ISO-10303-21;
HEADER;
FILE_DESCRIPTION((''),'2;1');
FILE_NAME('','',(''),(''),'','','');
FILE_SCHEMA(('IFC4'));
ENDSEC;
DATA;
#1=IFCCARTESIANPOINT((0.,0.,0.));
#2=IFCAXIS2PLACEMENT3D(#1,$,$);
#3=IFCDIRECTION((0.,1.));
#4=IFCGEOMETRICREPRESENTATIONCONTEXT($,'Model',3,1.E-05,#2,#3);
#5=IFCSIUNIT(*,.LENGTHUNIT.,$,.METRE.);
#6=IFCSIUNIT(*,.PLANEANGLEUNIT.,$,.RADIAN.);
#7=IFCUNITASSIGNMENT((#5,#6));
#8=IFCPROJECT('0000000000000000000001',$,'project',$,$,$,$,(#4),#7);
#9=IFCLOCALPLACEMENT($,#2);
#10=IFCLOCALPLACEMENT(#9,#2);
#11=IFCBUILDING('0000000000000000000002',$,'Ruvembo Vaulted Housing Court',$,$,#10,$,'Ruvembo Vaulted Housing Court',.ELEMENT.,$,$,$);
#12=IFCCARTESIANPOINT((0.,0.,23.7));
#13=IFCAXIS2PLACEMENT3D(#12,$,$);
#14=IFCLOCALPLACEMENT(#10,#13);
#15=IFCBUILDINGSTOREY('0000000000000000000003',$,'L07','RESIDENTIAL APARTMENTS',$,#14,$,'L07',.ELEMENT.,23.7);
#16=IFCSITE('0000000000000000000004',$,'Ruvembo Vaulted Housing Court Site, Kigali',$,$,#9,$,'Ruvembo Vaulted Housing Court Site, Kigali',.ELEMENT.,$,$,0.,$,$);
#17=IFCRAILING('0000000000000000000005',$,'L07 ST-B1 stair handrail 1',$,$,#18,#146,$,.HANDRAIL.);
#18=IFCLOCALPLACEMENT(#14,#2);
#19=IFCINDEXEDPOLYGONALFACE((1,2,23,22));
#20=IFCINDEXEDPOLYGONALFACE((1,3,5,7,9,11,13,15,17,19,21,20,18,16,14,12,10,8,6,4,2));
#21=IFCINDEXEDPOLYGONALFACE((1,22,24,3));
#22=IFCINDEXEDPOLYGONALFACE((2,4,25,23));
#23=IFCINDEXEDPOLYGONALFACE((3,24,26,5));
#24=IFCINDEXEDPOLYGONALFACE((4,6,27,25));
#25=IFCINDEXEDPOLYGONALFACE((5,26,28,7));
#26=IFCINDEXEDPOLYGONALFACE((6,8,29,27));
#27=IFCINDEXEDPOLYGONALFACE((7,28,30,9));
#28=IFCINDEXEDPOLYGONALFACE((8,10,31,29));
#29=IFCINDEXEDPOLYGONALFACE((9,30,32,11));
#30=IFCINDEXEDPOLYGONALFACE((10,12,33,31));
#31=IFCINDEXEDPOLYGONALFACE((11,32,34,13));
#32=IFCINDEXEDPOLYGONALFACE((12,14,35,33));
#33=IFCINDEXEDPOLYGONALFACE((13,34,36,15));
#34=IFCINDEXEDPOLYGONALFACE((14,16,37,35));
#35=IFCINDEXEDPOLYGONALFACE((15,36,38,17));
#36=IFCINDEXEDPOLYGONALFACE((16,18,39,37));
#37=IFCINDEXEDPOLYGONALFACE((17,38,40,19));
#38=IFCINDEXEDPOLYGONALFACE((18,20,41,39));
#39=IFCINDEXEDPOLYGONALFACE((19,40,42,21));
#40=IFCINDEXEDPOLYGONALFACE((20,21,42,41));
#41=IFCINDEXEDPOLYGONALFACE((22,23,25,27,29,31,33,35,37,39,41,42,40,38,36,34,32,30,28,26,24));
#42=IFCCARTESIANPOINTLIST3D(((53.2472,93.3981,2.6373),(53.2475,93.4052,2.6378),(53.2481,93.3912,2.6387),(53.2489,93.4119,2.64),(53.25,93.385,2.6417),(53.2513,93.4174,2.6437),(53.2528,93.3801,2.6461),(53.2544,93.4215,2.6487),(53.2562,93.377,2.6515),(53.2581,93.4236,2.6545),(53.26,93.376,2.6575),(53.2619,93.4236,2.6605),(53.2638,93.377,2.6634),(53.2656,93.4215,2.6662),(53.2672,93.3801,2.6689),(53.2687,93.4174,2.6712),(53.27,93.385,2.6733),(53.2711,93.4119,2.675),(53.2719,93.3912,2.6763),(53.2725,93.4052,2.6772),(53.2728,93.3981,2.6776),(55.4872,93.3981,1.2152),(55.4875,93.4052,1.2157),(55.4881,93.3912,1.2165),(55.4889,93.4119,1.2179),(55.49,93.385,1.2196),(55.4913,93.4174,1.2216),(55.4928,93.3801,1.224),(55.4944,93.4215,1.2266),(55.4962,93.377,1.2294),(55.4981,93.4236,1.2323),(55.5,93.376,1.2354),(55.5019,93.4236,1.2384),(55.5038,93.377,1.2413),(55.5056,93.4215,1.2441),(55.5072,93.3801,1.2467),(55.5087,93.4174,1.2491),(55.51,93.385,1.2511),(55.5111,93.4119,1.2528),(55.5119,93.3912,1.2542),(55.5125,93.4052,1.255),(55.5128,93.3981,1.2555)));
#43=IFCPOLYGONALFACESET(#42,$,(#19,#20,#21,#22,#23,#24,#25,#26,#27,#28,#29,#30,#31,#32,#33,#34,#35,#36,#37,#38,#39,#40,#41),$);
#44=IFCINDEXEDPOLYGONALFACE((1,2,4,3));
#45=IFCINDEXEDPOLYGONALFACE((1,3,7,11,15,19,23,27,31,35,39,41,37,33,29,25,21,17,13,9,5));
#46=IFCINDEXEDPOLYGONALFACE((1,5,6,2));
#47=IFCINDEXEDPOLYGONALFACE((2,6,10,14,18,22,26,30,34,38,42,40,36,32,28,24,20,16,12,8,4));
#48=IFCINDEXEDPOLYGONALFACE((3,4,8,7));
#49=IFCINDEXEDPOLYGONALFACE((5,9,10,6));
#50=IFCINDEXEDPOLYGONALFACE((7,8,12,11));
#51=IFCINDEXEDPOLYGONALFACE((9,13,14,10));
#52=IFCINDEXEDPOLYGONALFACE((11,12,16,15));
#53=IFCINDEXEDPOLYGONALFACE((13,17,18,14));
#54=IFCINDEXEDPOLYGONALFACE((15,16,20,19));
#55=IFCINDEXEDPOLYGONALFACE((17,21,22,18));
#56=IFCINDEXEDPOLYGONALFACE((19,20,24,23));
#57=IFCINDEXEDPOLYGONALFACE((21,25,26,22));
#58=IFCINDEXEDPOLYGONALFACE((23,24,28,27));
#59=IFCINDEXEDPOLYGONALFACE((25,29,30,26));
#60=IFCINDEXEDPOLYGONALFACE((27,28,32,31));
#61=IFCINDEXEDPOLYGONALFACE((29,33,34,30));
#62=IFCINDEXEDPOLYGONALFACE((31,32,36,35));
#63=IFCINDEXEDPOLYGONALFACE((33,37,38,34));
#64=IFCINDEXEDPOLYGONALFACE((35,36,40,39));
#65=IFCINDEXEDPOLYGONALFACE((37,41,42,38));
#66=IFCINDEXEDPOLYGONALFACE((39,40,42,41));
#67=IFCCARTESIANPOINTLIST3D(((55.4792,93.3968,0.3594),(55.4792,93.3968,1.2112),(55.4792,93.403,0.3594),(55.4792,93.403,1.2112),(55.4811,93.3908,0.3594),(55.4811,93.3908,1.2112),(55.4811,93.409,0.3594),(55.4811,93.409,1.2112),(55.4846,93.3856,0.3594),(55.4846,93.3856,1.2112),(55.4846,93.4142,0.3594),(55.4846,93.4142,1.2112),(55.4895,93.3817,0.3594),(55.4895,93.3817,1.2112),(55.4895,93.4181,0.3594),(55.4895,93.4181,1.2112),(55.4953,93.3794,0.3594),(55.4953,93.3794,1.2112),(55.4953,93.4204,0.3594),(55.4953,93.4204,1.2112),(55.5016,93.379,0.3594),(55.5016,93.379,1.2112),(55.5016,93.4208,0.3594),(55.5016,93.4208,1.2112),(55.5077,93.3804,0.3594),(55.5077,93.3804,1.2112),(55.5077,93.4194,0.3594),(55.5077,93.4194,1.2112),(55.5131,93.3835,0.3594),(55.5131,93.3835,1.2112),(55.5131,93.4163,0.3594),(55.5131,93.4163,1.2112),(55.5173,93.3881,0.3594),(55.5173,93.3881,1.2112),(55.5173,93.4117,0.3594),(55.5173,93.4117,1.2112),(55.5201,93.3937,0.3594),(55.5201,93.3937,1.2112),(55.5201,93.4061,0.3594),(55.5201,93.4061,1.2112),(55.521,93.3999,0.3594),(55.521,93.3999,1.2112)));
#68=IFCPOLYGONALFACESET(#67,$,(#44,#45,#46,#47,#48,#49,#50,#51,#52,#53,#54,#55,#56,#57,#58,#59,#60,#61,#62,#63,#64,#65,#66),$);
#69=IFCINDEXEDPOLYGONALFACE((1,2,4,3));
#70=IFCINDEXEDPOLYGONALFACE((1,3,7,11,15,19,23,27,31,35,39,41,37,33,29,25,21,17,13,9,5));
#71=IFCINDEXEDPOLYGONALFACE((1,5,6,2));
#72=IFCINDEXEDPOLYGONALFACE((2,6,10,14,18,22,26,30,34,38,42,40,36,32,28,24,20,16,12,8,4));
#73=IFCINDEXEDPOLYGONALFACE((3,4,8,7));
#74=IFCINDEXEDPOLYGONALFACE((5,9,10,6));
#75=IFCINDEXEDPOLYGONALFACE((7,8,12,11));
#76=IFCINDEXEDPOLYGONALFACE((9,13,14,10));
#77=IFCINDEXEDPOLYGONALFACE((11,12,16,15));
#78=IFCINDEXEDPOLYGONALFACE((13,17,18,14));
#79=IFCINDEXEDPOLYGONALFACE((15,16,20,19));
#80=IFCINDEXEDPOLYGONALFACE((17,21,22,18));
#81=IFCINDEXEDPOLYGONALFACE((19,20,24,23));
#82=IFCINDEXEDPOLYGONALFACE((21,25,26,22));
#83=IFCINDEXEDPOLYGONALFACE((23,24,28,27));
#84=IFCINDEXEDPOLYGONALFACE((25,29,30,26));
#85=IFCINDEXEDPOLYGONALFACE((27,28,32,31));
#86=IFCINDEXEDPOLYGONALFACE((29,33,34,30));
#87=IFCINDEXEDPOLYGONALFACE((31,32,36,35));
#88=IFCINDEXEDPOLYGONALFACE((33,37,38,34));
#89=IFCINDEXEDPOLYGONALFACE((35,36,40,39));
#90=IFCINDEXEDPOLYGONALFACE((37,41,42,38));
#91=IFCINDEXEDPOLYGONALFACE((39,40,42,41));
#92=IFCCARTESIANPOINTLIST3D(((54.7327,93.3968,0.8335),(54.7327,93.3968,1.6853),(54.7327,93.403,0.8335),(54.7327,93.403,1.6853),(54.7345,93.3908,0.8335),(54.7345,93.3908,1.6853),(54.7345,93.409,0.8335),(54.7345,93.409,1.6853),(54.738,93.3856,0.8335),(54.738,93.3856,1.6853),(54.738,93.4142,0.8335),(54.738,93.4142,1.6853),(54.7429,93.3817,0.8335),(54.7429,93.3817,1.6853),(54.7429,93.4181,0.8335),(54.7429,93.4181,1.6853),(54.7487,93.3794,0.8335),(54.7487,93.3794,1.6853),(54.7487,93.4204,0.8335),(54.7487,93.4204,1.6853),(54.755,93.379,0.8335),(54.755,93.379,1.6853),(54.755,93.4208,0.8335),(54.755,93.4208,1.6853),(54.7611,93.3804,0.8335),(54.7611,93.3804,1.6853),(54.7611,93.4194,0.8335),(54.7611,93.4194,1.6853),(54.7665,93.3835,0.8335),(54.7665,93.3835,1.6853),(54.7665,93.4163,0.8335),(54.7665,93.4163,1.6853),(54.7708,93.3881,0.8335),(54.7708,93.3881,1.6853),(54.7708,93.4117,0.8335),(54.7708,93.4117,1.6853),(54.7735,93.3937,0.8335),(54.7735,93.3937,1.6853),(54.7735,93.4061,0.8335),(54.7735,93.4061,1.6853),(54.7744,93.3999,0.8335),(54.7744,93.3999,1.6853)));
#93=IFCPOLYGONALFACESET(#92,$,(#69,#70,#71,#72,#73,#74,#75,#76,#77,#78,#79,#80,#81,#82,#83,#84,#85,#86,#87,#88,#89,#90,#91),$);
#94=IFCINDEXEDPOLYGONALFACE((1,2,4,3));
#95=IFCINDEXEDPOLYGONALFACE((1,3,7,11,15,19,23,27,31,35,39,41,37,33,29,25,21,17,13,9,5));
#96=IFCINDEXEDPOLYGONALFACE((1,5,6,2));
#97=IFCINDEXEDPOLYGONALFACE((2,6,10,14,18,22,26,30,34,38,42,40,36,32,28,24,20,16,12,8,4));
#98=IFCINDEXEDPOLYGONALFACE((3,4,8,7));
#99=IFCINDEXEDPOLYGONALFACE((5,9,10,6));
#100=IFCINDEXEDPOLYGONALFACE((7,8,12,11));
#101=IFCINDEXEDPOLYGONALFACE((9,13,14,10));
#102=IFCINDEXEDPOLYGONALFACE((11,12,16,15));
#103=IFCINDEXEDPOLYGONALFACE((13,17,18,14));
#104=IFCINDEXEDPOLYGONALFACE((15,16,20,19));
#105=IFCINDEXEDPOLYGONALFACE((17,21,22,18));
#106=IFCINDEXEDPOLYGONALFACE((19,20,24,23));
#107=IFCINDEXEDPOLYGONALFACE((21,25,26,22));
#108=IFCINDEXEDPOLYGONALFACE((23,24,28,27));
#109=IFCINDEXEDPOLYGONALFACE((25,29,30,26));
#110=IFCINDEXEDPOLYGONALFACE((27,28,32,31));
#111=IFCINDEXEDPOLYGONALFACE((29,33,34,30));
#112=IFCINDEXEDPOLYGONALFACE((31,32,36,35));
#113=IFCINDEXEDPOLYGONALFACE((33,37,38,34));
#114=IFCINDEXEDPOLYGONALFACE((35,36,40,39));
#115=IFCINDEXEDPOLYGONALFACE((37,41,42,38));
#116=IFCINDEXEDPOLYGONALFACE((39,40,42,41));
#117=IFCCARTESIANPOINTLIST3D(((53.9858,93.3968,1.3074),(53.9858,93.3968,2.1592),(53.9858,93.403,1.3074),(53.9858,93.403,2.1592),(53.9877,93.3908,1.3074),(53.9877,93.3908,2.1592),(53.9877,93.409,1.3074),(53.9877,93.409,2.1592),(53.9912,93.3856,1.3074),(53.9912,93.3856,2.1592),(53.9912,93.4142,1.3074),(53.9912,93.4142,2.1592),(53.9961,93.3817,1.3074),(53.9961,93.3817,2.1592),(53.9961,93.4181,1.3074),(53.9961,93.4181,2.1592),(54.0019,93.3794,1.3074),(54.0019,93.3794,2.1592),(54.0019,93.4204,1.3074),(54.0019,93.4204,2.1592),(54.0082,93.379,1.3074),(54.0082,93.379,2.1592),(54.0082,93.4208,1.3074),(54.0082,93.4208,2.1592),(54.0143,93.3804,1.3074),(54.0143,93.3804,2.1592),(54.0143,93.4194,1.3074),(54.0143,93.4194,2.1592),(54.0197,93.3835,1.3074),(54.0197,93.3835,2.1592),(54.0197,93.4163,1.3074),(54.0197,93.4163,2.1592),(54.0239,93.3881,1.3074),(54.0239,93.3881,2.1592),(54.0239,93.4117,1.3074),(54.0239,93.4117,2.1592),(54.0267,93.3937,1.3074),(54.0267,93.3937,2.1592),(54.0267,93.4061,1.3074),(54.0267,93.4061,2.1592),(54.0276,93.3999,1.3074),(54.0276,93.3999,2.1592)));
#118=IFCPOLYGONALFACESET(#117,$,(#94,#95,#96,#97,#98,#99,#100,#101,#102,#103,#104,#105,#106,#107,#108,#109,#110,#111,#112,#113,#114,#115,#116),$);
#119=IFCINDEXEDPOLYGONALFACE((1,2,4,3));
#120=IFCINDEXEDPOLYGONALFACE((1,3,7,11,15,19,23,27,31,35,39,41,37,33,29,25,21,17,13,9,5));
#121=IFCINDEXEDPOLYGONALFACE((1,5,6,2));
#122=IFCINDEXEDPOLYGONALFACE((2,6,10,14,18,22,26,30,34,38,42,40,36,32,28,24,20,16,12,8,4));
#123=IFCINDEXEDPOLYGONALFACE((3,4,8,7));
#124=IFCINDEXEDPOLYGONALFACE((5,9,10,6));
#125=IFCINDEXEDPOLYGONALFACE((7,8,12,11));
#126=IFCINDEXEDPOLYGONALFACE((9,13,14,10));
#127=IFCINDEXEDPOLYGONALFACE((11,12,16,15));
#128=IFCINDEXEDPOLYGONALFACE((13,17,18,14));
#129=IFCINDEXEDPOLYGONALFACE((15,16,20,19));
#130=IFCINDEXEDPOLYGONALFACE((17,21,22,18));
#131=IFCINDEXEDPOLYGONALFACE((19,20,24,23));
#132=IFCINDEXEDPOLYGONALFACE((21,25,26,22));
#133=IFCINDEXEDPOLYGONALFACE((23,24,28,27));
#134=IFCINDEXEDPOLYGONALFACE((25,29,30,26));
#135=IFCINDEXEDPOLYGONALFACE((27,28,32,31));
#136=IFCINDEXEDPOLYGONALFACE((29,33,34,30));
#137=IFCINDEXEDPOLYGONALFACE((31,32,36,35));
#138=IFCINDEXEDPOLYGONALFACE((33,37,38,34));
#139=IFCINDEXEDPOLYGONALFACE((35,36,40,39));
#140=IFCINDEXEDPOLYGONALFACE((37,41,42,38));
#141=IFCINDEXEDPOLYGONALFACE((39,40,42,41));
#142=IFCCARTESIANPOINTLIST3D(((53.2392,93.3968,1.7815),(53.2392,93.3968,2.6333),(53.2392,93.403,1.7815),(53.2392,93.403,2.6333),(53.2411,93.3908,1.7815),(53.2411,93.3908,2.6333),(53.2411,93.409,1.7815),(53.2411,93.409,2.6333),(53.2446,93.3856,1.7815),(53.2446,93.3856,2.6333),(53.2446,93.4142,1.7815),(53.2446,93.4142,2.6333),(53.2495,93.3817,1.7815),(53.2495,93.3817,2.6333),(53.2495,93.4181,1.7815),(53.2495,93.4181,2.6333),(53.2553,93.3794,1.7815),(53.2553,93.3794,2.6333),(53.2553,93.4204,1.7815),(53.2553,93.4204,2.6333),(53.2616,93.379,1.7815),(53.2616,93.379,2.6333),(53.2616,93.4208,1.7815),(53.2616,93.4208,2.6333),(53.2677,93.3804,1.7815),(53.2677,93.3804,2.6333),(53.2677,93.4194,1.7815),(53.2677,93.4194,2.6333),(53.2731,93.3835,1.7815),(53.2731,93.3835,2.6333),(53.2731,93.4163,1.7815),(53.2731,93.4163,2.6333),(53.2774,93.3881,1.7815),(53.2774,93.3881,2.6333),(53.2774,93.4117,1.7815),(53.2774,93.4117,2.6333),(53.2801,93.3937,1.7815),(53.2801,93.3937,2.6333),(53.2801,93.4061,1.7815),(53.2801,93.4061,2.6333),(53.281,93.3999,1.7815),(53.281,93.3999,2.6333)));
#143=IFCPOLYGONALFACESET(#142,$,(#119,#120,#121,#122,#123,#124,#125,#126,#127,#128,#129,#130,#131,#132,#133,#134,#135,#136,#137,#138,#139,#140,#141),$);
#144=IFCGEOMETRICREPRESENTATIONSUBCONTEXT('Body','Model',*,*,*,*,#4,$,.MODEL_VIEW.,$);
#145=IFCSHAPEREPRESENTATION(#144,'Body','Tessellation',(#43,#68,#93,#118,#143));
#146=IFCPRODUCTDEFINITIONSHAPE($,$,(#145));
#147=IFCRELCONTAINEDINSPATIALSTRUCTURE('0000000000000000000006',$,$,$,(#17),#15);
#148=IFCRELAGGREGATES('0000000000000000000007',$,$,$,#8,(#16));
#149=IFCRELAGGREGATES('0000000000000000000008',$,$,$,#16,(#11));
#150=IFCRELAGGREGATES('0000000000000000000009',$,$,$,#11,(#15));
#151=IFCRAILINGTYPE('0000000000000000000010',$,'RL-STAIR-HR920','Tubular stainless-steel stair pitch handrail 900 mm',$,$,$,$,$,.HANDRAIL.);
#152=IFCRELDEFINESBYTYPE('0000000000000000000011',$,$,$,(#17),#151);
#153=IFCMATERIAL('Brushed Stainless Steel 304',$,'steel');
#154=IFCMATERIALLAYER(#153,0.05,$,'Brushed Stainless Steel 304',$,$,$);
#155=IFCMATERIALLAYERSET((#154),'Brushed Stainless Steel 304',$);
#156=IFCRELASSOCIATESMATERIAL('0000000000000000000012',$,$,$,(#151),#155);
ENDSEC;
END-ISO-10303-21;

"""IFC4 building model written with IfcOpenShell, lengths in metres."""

from ifc_helpers import new_model, si_unit, direction, frame, origin, origin_2d, place, context, subcontext, project, spatial, circle, extrude, material, layer, layer_set, type_object, element, save


model = new_model("IFC4")

# Units and contexts
model_context = context("Model", 3, precision=1e-05, world=origin(), true_north=direction((0.0, 1.0)))
body_context = subcontext(model_context, "Body", "Model", "MODEL_VIEW")
ifc_project = project(units=[si_unit("LENGTHUNIT", "METRE"), si_unit("PLANEANGLEUNIT", "RADIAN")], contexts=[model_context])

# Site, building, storey
site_placement = place(None, origin())
site = spatial("IfcSite", under=ifc_project, at=site_placement, Name="Ruvembo Vaulted Housing Court Site, Kigali", LongName="Ruvembo Vaulted Housing Court Site, Kigali", CompositionType="ELEMENT", RefElevation=0.0)
building_placement = place(site_placement, origin())
building = spatial("IfcBuilding", under=site, at=building_placement, Name="Ruvembo Vaulted Housing Court", LongName="Ruvembo Vaulted Housing Court", CompositionType="ELEMENT")
storey_placement = place(building_placement, frame((0.0, 0.0, 23.7)))
storey = spatial("IfcBuildingStorey", under=building, at=storey_placement, Name="L07", Description="RESIDENTIAL APARTMENTS", LongName="L07", CompositionType="ELEMENT", Elevation=23.7)

# Shared definitions
ifc_material_1 = material(Name="Brushed Stainless Steel 304", Category="steel")

# Railing
ifc_layer_1 = layer(ifc_material_1, 0.05, Name="Brushed Stainless Steel 304")
ifc_layer_set_1 = layer_set([ifc_layer_1], Name="Brushed Stainless Steel 304")
railing_type_1 = type_object("IfcRailingType", Name="RL-STAIR-HR920", Description="Tubular stainless-steel stair pitch handrail 900 mm", PredefinedType="HANDRAIL", material=ifc_layer_set_1)
railing_1_placement = place(storey_placement, frame((55.5, 93.3999, 0.3594)))
element("IfcRailing", 1, at=railing_1_placement, inside=storey, type_object=railing_type_1, Name="L07 ST-B1 stair handrail 1", PredefinedType="HANDRAIL", context=body_context, shape_type="SweptSolid", body=[
    extrude(circle(Radius=0.0239, at=origin_2d()), frame((0.0, 0.0, 0.876), z_axis=(-0.844229, 0.0, 0.535982), x_axis=(0.0, -1.0, 0.0)), (0.0, 0.0, 1.0), 2.6533),
    extrude(circle(Radius=0.021, at=origin_2d()), origin(), (0.0, 0.0, 1.0), 0.8518),
    extrude(circle(Radius=0.021, at=origin_2d()), frame((-0.7466, 0.0, 0.4741)), (0.0, 0.0, 1.0), 0.8518),
    extrude(circle(Radius=0.021, at=origin_2d()), frame((-1.4934, 0.0, 0.948)), (0.0, 0.0, 1.0), 0.8518),
    extrude(circle(Radius=0.021, at=origin_2d()), frame((-2.24, 0.0, 1.4221)), (0.0, 0.0, 1.0), 0.8518),
])

save(model, "model.ifc")
